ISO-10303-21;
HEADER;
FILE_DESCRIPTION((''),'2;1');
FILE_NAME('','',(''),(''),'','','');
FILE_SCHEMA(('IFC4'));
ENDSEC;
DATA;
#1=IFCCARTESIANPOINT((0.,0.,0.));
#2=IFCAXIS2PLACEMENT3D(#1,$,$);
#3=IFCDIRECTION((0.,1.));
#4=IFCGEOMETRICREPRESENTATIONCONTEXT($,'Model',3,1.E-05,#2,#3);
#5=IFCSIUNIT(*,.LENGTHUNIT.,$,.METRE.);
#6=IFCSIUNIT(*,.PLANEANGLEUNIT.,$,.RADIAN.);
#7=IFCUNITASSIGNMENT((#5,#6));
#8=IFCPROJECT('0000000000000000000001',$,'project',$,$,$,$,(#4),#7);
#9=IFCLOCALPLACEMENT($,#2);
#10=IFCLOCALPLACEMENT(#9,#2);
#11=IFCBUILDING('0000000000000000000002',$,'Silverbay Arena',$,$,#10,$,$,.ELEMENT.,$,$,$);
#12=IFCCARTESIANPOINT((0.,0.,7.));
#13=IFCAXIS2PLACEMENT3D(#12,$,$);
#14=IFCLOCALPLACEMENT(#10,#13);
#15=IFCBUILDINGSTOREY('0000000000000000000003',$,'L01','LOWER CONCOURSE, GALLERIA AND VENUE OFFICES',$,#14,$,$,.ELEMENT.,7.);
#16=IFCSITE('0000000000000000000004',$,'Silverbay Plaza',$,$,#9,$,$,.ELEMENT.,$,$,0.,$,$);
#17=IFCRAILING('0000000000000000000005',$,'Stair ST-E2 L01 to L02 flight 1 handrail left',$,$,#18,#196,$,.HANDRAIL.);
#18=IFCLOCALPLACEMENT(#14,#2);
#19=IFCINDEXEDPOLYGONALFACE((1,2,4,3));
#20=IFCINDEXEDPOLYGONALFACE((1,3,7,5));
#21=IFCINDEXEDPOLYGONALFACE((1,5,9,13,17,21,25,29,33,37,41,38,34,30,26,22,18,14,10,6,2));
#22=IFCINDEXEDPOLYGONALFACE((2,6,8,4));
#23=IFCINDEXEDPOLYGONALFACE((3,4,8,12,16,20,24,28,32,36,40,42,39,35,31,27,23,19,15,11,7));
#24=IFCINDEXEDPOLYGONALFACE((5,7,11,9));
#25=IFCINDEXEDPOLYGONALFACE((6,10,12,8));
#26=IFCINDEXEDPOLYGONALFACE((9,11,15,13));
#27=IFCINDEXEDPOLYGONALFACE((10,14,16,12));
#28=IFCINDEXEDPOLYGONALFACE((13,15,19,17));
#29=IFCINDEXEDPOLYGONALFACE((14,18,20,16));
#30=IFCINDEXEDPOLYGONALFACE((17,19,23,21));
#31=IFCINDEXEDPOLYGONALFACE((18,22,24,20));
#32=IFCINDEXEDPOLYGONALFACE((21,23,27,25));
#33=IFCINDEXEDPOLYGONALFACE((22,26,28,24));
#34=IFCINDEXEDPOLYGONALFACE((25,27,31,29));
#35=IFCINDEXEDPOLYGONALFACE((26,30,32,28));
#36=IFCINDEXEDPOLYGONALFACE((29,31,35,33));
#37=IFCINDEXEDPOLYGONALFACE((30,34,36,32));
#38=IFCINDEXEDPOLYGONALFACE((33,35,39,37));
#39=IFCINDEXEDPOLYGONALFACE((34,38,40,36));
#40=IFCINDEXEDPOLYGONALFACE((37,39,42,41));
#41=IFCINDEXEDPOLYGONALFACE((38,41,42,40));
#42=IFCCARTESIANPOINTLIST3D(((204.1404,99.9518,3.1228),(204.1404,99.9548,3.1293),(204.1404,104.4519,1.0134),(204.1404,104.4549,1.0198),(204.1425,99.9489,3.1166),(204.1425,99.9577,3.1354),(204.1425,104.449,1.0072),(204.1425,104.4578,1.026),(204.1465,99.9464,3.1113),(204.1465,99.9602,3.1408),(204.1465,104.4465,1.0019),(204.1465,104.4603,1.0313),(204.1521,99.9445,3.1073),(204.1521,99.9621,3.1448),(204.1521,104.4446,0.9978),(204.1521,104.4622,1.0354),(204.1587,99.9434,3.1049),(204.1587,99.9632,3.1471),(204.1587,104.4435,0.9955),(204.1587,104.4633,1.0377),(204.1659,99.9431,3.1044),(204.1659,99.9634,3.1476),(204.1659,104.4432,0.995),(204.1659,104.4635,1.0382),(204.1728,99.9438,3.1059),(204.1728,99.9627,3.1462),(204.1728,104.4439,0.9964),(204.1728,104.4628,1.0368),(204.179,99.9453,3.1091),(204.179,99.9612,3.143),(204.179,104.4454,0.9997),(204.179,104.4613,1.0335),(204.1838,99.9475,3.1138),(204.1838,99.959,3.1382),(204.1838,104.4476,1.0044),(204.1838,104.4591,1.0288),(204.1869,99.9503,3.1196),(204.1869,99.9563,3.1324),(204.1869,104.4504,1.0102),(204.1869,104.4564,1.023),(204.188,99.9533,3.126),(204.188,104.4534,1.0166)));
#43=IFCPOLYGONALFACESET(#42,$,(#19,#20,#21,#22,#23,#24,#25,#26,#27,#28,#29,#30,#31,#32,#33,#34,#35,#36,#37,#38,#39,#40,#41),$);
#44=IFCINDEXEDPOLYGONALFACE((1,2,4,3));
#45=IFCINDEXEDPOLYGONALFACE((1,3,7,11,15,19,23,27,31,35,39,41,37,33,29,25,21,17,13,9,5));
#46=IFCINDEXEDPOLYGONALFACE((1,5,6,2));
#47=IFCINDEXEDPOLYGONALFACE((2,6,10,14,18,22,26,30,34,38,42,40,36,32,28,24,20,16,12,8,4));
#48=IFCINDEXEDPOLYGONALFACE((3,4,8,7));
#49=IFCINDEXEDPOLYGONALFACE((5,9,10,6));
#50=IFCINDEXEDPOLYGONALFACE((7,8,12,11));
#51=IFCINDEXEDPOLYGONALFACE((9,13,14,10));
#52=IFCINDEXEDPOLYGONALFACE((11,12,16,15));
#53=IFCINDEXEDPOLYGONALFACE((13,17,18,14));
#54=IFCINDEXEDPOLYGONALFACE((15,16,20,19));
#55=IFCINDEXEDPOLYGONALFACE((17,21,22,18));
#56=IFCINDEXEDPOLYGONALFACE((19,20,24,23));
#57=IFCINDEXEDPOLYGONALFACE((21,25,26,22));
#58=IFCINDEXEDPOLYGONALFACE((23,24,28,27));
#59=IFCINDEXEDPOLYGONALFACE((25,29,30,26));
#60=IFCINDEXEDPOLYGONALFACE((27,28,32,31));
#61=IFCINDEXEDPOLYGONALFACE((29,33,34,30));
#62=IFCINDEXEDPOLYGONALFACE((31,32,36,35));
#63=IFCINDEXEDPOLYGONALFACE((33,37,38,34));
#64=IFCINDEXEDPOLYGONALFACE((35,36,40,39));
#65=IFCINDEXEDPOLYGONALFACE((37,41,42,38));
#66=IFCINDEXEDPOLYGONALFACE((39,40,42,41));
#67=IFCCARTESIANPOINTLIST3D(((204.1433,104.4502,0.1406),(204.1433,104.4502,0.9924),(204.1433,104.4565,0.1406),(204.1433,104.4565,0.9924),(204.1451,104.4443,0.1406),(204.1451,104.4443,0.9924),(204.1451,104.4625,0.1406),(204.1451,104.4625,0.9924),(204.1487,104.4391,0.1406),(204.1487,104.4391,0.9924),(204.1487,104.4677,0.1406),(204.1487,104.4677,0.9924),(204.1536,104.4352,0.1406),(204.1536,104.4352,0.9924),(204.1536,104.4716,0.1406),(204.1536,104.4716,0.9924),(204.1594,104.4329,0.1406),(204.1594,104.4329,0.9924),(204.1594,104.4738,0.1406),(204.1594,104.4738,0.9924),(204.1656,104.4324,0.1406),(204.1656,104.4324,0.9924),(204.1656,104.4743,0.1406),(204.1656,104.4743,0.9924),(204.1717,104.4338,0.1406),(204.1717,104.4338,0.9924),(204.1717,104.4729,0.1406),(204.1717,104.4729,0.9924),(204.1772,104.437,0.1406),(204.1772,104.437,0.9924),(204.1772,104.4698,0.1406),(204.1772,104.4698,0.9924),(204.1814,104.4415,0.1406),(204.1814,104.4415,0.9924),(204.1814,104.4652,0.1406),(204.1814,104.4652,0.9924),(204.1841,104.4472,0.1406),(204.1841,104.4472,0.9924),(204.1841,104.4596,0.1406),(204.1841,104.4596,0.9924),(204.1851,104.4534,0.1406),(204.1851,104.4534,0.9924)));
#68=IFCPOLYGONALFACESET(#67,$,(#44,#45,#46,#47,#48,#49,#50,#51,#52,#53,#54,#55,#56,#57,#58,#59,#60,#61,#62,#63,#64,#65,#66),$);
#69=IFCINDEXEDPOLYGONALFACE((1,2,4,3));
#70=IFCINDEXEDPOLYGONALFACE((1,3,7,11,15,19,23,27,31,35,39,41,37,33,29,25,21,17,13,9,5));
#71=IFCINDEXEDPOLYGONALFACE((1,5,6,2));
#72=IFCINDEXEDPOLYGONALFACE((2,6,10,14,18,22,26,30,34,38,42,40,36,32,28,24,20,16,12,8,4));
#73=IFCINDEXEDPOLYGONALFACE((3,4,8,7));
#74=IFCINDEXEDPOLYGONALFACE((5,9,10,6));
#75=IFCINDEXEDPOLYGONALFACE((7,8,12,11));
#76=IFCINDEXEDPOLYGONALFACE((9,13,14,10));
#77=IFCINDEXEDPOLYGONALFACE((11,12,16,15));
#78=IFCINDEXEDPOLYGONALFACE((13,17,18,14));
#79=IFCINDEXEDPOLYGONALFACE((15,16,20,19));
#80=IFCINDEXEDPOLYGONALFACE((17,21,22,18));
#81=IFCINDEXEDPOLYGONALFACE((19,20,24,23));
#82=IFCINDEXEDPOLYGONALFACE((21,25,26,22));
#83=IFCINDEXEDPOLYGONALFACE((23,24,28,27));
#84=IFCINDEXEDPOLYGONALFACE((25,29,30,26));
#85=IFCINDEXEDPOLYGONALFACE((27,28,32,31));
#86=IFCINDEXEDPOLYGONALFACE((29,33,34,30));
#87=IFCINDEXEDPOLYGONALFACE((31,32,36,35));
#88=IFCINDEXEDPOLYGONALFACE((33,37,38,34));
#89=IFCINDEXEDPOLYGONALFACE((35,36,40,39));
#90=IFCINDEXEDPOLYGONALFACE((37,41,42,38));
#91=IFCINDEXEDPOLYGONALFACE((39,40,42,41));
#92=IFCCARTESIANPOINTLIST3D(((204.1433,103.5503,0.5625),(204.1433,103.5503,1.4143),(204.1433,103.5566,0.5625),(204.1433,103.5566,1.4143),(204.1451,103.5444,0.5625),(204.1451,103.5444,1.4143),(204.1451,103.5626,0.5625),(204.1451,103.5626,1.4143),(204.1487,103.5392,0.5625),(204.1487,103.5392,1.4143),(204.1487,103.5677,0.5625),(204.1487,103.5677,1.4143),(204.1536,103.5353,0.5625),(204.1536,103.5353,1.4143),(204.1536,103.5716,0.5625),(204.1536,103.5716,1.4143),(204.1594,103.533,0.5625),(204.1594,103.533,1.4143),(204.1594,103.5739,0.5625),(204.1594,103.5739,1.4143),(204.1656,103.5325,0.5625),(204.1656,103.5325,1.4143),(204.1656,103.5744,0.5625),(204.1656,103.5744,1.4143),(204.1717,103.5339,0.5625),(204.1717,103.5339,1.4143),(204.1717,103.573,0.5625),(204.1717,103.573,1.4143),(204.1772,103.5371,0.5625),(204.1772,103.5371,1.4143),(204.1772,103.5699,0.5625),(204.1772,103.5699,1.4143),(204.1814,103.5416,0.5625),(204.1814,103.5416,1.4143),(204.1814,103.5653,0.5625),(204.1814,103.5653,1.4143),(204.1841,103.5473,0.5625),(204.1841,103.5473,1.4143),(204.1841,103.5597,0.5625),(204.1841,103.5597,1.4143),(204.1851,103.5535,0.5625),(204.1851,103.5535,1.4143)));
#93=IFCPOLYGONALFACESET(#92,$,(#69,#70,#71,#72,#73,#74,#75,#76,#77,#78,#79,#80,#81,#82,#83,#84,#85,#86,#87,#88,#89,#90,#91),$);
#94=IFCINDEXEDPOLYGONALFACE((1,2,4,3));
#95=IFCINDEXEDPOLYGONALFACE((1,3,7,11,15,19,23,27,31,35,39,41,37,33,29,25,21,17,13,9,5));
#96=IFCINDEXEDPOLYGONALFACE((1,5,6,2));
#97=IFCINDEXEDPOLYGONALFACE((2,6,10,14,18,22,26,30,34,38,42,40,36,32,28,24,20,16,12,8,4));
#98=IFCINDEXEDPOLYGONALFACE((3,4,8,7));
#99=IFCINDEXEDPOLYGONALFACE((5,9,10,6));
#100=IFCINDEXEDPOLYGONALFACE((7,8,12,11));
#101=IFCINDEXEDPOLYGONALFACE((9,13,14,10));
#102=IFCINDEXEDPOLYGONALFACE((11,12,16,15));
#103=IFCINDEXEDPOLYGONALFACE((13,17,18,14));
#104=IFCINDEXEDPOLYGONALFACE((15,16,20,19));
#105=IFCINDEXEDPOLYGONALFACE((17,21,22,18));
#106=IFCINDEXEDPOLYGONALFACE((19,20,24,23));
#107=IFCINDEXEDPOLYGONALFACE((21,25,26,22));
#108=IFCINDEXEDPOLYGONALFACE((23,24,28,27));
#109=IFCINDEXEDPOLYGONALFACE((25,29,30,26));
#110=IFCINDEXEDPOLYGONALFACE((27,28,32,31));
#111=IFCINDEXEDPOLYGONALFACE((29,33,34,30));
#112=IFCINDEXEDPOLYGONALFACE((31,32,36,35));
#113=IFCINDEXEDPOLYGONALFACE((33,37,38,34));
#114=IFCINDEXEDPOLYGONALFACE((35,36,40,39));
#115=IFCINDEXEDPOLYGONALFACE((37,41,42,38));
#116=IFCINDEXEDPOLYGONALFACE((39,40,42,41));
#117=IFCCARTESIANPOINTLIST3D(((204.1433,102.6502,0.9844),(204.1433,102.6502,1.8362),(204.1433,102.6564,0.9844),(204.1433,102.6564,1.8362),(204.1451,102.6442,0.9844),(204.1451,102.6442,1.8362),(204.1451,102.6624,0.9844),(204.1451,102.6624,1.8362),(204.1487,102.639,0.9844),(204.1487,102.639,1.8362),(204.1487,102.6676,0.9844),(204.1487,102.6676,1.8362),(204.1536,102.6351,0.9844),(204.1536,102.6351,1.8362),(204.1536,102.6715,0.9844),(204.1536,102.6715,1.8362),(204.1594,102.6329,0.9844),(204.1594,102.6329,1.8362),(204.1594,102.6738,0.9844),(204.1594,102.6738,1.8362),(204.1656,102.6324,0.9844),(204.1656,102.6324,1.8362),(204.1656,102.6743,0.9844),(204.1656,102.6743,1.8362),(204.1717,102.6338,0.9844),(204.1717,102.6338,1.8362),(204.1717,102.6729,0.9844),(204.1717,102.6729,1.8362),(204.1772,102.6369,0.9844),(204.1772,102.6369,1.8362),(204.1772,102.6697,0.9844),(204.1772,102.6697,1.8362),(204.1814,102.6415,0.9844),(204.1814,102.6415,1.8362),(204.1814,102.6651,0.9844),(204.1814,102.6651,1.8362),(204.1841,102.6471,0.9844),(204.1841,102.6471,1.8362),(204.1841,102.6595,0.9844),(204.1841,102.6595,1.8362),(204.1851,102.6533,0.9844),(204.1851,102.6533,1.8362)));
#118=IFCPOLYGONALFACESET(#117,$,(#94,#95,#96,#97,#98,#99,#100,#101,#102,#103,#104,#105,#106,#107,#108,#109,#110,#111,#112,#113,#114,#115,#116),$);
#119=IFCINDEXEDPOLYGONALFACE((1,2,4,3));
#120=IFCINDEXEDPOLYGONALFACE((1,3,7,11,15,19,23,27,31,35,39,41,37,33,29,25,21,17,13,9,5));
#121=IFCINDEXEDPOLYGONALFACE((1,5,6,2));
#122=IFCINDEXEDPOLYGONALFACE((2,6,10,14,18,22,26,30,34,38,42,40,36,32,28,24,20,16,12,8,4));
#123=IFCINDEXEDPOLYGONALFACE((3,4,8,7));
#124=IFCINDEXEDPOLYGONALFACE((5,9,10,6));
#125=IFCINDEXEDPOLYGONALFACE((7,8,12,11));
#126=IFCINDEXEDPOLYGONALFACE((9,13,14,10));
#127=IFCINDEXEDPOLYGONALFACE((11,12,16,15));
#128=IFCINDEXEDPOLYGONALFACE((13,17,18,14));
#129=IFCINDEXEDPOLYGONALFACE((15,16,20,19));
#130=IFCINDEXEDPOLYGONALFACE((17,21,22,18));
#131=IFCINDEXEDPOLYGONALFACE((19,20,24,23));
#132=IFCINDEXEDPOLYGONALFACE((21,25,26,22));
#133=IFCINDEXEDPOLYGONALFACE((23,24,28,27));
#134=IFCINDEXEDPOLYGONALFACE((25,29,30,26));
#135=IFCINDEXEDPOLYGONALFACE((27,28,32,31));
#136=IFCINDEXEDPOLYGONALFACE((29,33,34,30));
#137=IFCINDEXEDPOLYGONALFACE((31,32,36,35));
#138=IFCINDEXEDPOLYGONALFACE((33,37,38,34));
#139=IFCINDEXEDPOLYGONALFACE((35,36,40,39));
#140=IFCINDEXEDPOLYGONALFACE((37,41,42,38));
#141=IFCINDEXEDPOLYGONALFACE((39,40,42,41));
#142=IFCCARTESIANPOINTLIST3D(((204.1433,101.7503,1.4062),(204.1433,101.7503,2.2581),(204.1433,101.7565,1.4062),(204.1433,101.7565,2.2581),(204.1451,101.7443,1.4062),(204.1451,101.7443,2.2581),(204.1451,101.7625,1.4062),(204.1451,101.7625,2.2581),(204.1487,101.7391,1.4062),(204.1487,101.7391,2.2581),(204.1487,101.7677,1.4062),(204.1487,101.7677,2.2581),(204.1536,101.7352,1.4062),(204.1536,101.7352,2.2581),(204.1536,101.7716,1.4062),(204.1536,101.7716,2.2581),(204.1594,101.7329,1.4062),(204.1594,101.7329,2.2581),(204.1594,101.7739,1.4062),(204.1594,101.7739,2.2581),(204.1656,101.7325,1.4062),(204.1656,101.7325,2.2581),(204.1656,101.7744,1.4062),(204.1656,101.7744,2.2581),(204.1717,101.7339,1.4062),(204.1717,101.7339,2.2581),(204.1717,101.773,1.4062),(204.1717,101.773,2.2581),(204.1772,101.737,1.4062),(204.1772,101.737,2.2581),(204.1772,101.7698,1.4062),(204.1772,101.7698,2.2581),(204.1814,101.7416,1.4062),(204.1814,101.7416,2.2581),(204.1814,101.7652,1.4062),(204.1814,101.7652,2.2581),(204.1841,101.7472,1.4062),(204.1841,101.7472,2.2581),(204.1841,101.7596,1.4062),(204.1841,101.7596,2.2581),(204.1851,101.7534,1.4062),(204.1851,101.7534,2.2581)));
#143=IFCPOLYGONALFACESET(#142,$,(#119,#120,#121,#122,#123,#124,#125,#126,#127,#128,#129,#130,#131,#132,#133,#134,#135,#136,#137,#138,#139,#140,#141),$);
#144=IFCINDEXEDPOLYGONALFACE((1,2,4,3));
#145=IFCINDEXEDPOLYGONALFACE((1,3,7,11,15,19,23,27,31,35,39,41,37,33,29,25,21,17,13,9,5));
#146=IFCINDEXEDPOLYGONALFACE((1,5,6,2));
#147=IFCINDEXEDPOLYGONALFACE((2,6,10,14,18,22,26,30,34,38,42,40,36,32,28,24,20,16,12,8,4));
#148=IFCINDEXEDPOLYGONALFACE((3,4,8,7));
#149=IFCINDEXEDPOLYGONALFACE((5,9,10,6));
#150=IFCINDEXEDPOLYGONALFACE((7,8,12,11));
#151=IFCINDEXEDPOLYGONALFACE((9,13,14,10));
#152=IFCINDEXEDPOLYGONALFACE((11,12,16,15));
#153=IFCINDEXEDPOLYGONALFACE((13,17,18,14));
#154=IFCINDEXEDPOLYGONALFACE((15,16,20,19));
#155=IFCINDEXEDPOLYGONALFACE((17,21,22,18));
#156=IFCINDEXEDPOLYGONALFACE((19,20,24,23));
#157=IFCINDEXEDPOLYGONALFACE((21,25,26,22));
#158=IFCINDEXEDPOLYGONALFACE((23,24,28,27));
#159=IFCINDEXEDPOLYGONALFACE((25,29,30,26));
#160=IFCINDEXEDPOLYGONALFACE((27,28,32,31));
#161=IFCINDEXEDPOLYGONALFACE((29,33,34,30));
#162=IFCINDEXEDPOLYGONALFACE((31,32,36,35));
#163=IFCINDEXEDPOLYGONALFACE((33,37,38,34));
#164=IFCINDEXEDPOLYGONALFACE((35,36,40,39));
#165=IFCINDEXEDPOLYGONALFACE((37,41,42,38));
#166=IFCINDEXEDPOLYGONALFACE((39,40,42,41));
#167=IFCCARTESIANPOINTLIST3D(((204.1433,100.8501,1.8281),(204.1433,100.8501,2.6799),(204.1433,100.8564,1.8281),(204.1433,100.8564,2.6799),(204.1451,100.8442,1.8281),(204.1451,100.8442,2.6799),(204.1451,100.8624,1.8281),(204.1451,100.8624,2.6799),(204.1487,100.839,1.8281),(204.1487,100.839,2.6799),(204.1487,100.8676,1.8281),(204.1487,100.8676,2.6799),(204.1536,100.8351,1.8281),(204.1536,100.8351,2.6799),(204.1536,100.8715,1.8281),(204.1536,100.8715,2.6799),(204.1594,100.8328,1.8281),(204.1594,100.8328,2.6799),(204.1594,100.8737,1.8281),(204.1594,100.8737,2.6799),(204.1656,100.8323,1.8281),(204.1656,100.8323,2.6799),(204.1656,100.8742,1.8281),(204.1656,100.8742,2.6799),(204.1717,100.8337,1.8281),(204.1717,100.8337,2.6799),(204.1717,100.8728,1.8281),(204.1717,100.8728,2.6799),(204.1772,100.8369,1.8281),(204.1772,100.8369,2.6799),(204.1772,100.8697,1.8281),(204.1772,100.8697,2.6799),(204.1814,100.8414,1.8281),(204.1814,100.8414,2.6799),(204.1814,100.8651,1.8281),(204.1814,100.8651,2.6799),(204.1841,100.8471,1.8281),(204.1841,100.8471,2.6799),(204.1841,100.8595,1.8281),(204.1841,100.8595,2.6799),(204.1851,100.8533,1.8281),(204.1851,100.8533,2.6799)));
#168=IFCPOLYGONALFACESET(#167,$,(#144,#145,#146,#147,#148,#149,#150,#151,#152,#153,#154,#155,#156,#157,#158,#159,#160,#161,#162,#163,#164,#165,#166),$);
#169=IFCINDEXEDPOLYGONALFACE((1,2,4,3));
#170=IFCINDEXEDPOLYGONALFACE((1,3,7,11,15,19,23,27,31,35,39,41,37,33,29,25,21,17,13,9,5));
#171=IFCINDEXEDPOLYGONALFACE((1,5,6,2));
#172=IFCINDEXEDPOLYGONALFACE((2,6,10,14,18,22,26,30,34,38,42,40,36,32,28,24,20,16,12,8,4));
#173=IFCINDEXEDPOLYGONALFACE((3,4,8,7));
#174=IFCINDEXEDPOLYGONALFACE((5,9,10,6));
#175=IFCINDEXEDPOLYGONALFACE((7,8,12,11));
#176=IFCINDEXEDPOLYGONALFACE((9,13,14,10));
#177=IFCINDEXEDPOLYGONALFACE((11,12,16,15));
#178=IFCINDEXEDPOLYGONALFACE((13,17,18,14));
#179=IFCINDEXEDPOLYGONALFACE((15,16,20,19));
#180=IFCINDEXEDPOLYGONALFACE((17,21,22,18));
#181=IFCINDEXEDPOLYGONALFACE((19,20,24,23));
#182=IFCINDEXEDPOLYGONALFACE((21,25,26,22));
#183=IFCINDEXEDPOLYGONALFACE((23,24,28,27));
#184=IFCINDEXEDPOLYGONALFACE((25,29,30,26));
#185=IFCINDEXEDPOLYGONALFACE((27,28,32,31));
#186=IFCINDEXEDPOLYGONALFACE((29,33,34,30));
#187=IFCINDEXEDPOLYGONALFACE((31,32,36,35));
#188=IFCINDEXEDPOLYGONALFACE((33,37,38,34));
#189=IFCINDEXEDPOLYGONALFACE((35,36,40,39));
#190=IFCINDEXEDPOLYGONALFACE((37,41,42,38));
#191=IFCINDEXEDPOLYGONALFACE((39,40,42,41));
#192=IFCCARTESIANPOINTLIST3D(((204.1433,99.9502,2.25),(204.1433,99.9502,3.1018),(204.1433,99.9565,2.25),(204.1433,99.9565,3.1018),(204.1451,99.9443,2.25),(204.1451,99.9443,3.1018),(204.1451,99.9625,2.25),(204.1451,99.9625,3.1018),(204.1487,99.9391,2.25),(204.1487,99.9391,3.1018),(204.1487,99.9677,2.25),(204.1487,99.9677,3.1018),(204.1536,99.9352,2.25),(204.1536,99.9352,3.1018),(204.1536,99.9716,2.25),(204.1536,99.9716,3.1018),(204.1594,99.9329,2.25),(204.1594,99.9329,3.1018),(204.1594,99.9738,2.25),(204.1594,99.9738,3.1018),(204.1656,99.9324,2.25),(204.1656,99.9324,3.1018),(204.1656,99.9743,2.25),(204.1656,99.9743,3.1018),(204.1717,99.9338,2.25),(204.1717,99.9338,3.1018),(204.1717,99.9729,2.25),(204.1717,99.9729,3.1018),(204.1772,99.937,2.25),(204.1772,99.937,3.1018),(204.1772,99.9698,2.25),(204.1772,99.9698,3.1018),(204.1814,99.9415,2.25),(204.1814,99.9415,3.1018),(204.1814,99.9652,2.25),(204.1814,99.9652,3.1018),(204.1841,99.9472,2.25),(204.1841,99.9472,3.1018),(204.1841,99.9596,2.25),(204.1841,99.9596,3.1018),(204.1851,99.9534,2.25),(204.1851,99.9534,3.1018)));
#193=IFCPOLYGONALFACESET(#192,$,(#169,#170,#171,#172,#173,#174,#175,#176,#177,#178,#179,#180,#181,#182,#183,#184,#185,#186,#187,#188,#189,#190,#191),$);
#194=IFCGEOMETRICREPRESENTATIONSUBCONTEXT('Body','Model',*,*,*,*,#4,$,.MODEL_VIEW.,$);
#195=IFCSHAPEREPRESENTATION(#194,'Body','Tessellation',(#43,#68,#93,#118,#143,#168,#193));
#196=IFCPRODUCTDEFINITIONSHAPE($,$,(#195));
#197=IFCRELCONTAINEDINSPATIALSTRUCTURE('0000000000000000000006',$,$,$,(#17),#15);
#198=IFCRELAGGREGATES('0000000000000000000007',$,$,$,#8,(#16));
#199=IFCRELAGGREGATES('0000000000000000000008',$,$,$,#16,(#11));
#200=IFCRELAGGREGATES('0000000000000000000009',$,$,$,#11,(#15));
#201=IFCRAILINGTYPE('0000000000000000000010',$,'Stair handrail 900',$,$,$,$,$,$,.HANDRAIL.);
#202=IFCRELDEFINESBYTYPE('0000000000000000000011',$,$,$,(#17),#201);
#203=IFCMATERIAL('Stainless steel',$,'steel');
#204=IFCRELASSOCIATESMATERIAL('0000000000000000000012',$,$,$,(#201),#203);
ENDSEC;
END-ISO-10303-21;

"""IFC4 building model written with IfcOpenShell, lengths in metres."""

from ifc_helpers import new_model, si_unit, direction, frame, origin, origin_2d, place, context, subcontext, project, spatial, circle, extrude, material, type_object, element, save


model = new_model("IFC4")

# Units and contexts
model_context = context("Model", 3, precision=1e-05, world=origin(), true_north=direction((0.0, 1.0)))
body_context = subcontext(model_context, "Body", "Model", "MODEL_VIEW")
ifc_project = project(units=[si_unit("LENGTHUNIT", "METRE"), si_unit("PLANEANGLEUNIT", "RADIAN")], contexts=[model_context])

# Site, building, storey
site_placement = place(None, origin())
site = spatial("IfcSite", under=ifc_project, at=site_placement, Name="Silverbay Plaza", CompositionType="ELEMENT", RefElevation=0.0)
building_placement = place(site_placement, origin())
building = spatial("IfcBuilding", under=site, at=building_placement, Name="Silverbay Arena", CompositionType="ELEMENT")
storey_placement = place(building_placement, frame((0.0, 0.0, 7.0)))
storey = spatial("IfcBuildingStorey", under=building, at=storey_placement, Name="L01", Description="LOWER CONCOURSE, GALLERIA AND VENUE OFFICES", CompositionType="ELEMENT", Elevation=7.0)

# Railing
ifc_material_1 = material(Name="Stainless steel", Category="steel")
railing_type_1 = type_object("IfcRailingType", Name="Stair handrail 900", PredefinedType="HANDRAIL", material=ifc_material_1)
for number, where, name in (
    (1, (204.1641, 104.4534, 0.1406), "Stair ST-E2 L01 to L02 flight 1 handrail left"),
):
    element("IfcRailing", number, at=place(storey_placement, frame(where)), inside=storey, type_object=railing_type_1, Name=name, PredefinedType="HANDRAIL", context=body_context, shape_type="SweptSolid", body=[
        extrude(circle(Radius=0.0239, at=origin_2d()), frame((0.0, 0.0, 0.876), z_axis=(0.0, -0.905459, 0.424434), x_axis=(1.0, 0.0, 0.0)), (0.0, 0.0, 1.0), 4.97),
        extrude(circle(Radius=0.021, at=origin_2d()), origin(), (0.0, 0.0, 1.0), 0.8518),
        extrude(circle(Radius=0.021, at=origin_2d()), frame((0.0, -0.8999, 0.4219)), (0.0, 0.0, 1.0), 0.8518),
        extrude(circle(Radius=0.021, at=origin_2d()), frame((0.0, -1.8, 0.8438)), (0.0, 0.0, 1.0), 0.8518),
        extrude(circle(Radius=0.021, at=origin_2d()), frame((0.0, -2.7, 1.2656)), (0.0, 0.0, 1.0), 0.8518),
        extrude(circle(Radius=0.021, at=origin_2d()), frame((0.0, -3.6001, 1.6875)), (0.0, 0.0, 1.0), 0.8518),
        extrude(circle(Radius=0.021, at=origin_2d()), frame((0.0, -4.5, 2.1094)), (0.0, 0.0, 1.0), 0.8518),
    ])

save(model, "model.ifc")
